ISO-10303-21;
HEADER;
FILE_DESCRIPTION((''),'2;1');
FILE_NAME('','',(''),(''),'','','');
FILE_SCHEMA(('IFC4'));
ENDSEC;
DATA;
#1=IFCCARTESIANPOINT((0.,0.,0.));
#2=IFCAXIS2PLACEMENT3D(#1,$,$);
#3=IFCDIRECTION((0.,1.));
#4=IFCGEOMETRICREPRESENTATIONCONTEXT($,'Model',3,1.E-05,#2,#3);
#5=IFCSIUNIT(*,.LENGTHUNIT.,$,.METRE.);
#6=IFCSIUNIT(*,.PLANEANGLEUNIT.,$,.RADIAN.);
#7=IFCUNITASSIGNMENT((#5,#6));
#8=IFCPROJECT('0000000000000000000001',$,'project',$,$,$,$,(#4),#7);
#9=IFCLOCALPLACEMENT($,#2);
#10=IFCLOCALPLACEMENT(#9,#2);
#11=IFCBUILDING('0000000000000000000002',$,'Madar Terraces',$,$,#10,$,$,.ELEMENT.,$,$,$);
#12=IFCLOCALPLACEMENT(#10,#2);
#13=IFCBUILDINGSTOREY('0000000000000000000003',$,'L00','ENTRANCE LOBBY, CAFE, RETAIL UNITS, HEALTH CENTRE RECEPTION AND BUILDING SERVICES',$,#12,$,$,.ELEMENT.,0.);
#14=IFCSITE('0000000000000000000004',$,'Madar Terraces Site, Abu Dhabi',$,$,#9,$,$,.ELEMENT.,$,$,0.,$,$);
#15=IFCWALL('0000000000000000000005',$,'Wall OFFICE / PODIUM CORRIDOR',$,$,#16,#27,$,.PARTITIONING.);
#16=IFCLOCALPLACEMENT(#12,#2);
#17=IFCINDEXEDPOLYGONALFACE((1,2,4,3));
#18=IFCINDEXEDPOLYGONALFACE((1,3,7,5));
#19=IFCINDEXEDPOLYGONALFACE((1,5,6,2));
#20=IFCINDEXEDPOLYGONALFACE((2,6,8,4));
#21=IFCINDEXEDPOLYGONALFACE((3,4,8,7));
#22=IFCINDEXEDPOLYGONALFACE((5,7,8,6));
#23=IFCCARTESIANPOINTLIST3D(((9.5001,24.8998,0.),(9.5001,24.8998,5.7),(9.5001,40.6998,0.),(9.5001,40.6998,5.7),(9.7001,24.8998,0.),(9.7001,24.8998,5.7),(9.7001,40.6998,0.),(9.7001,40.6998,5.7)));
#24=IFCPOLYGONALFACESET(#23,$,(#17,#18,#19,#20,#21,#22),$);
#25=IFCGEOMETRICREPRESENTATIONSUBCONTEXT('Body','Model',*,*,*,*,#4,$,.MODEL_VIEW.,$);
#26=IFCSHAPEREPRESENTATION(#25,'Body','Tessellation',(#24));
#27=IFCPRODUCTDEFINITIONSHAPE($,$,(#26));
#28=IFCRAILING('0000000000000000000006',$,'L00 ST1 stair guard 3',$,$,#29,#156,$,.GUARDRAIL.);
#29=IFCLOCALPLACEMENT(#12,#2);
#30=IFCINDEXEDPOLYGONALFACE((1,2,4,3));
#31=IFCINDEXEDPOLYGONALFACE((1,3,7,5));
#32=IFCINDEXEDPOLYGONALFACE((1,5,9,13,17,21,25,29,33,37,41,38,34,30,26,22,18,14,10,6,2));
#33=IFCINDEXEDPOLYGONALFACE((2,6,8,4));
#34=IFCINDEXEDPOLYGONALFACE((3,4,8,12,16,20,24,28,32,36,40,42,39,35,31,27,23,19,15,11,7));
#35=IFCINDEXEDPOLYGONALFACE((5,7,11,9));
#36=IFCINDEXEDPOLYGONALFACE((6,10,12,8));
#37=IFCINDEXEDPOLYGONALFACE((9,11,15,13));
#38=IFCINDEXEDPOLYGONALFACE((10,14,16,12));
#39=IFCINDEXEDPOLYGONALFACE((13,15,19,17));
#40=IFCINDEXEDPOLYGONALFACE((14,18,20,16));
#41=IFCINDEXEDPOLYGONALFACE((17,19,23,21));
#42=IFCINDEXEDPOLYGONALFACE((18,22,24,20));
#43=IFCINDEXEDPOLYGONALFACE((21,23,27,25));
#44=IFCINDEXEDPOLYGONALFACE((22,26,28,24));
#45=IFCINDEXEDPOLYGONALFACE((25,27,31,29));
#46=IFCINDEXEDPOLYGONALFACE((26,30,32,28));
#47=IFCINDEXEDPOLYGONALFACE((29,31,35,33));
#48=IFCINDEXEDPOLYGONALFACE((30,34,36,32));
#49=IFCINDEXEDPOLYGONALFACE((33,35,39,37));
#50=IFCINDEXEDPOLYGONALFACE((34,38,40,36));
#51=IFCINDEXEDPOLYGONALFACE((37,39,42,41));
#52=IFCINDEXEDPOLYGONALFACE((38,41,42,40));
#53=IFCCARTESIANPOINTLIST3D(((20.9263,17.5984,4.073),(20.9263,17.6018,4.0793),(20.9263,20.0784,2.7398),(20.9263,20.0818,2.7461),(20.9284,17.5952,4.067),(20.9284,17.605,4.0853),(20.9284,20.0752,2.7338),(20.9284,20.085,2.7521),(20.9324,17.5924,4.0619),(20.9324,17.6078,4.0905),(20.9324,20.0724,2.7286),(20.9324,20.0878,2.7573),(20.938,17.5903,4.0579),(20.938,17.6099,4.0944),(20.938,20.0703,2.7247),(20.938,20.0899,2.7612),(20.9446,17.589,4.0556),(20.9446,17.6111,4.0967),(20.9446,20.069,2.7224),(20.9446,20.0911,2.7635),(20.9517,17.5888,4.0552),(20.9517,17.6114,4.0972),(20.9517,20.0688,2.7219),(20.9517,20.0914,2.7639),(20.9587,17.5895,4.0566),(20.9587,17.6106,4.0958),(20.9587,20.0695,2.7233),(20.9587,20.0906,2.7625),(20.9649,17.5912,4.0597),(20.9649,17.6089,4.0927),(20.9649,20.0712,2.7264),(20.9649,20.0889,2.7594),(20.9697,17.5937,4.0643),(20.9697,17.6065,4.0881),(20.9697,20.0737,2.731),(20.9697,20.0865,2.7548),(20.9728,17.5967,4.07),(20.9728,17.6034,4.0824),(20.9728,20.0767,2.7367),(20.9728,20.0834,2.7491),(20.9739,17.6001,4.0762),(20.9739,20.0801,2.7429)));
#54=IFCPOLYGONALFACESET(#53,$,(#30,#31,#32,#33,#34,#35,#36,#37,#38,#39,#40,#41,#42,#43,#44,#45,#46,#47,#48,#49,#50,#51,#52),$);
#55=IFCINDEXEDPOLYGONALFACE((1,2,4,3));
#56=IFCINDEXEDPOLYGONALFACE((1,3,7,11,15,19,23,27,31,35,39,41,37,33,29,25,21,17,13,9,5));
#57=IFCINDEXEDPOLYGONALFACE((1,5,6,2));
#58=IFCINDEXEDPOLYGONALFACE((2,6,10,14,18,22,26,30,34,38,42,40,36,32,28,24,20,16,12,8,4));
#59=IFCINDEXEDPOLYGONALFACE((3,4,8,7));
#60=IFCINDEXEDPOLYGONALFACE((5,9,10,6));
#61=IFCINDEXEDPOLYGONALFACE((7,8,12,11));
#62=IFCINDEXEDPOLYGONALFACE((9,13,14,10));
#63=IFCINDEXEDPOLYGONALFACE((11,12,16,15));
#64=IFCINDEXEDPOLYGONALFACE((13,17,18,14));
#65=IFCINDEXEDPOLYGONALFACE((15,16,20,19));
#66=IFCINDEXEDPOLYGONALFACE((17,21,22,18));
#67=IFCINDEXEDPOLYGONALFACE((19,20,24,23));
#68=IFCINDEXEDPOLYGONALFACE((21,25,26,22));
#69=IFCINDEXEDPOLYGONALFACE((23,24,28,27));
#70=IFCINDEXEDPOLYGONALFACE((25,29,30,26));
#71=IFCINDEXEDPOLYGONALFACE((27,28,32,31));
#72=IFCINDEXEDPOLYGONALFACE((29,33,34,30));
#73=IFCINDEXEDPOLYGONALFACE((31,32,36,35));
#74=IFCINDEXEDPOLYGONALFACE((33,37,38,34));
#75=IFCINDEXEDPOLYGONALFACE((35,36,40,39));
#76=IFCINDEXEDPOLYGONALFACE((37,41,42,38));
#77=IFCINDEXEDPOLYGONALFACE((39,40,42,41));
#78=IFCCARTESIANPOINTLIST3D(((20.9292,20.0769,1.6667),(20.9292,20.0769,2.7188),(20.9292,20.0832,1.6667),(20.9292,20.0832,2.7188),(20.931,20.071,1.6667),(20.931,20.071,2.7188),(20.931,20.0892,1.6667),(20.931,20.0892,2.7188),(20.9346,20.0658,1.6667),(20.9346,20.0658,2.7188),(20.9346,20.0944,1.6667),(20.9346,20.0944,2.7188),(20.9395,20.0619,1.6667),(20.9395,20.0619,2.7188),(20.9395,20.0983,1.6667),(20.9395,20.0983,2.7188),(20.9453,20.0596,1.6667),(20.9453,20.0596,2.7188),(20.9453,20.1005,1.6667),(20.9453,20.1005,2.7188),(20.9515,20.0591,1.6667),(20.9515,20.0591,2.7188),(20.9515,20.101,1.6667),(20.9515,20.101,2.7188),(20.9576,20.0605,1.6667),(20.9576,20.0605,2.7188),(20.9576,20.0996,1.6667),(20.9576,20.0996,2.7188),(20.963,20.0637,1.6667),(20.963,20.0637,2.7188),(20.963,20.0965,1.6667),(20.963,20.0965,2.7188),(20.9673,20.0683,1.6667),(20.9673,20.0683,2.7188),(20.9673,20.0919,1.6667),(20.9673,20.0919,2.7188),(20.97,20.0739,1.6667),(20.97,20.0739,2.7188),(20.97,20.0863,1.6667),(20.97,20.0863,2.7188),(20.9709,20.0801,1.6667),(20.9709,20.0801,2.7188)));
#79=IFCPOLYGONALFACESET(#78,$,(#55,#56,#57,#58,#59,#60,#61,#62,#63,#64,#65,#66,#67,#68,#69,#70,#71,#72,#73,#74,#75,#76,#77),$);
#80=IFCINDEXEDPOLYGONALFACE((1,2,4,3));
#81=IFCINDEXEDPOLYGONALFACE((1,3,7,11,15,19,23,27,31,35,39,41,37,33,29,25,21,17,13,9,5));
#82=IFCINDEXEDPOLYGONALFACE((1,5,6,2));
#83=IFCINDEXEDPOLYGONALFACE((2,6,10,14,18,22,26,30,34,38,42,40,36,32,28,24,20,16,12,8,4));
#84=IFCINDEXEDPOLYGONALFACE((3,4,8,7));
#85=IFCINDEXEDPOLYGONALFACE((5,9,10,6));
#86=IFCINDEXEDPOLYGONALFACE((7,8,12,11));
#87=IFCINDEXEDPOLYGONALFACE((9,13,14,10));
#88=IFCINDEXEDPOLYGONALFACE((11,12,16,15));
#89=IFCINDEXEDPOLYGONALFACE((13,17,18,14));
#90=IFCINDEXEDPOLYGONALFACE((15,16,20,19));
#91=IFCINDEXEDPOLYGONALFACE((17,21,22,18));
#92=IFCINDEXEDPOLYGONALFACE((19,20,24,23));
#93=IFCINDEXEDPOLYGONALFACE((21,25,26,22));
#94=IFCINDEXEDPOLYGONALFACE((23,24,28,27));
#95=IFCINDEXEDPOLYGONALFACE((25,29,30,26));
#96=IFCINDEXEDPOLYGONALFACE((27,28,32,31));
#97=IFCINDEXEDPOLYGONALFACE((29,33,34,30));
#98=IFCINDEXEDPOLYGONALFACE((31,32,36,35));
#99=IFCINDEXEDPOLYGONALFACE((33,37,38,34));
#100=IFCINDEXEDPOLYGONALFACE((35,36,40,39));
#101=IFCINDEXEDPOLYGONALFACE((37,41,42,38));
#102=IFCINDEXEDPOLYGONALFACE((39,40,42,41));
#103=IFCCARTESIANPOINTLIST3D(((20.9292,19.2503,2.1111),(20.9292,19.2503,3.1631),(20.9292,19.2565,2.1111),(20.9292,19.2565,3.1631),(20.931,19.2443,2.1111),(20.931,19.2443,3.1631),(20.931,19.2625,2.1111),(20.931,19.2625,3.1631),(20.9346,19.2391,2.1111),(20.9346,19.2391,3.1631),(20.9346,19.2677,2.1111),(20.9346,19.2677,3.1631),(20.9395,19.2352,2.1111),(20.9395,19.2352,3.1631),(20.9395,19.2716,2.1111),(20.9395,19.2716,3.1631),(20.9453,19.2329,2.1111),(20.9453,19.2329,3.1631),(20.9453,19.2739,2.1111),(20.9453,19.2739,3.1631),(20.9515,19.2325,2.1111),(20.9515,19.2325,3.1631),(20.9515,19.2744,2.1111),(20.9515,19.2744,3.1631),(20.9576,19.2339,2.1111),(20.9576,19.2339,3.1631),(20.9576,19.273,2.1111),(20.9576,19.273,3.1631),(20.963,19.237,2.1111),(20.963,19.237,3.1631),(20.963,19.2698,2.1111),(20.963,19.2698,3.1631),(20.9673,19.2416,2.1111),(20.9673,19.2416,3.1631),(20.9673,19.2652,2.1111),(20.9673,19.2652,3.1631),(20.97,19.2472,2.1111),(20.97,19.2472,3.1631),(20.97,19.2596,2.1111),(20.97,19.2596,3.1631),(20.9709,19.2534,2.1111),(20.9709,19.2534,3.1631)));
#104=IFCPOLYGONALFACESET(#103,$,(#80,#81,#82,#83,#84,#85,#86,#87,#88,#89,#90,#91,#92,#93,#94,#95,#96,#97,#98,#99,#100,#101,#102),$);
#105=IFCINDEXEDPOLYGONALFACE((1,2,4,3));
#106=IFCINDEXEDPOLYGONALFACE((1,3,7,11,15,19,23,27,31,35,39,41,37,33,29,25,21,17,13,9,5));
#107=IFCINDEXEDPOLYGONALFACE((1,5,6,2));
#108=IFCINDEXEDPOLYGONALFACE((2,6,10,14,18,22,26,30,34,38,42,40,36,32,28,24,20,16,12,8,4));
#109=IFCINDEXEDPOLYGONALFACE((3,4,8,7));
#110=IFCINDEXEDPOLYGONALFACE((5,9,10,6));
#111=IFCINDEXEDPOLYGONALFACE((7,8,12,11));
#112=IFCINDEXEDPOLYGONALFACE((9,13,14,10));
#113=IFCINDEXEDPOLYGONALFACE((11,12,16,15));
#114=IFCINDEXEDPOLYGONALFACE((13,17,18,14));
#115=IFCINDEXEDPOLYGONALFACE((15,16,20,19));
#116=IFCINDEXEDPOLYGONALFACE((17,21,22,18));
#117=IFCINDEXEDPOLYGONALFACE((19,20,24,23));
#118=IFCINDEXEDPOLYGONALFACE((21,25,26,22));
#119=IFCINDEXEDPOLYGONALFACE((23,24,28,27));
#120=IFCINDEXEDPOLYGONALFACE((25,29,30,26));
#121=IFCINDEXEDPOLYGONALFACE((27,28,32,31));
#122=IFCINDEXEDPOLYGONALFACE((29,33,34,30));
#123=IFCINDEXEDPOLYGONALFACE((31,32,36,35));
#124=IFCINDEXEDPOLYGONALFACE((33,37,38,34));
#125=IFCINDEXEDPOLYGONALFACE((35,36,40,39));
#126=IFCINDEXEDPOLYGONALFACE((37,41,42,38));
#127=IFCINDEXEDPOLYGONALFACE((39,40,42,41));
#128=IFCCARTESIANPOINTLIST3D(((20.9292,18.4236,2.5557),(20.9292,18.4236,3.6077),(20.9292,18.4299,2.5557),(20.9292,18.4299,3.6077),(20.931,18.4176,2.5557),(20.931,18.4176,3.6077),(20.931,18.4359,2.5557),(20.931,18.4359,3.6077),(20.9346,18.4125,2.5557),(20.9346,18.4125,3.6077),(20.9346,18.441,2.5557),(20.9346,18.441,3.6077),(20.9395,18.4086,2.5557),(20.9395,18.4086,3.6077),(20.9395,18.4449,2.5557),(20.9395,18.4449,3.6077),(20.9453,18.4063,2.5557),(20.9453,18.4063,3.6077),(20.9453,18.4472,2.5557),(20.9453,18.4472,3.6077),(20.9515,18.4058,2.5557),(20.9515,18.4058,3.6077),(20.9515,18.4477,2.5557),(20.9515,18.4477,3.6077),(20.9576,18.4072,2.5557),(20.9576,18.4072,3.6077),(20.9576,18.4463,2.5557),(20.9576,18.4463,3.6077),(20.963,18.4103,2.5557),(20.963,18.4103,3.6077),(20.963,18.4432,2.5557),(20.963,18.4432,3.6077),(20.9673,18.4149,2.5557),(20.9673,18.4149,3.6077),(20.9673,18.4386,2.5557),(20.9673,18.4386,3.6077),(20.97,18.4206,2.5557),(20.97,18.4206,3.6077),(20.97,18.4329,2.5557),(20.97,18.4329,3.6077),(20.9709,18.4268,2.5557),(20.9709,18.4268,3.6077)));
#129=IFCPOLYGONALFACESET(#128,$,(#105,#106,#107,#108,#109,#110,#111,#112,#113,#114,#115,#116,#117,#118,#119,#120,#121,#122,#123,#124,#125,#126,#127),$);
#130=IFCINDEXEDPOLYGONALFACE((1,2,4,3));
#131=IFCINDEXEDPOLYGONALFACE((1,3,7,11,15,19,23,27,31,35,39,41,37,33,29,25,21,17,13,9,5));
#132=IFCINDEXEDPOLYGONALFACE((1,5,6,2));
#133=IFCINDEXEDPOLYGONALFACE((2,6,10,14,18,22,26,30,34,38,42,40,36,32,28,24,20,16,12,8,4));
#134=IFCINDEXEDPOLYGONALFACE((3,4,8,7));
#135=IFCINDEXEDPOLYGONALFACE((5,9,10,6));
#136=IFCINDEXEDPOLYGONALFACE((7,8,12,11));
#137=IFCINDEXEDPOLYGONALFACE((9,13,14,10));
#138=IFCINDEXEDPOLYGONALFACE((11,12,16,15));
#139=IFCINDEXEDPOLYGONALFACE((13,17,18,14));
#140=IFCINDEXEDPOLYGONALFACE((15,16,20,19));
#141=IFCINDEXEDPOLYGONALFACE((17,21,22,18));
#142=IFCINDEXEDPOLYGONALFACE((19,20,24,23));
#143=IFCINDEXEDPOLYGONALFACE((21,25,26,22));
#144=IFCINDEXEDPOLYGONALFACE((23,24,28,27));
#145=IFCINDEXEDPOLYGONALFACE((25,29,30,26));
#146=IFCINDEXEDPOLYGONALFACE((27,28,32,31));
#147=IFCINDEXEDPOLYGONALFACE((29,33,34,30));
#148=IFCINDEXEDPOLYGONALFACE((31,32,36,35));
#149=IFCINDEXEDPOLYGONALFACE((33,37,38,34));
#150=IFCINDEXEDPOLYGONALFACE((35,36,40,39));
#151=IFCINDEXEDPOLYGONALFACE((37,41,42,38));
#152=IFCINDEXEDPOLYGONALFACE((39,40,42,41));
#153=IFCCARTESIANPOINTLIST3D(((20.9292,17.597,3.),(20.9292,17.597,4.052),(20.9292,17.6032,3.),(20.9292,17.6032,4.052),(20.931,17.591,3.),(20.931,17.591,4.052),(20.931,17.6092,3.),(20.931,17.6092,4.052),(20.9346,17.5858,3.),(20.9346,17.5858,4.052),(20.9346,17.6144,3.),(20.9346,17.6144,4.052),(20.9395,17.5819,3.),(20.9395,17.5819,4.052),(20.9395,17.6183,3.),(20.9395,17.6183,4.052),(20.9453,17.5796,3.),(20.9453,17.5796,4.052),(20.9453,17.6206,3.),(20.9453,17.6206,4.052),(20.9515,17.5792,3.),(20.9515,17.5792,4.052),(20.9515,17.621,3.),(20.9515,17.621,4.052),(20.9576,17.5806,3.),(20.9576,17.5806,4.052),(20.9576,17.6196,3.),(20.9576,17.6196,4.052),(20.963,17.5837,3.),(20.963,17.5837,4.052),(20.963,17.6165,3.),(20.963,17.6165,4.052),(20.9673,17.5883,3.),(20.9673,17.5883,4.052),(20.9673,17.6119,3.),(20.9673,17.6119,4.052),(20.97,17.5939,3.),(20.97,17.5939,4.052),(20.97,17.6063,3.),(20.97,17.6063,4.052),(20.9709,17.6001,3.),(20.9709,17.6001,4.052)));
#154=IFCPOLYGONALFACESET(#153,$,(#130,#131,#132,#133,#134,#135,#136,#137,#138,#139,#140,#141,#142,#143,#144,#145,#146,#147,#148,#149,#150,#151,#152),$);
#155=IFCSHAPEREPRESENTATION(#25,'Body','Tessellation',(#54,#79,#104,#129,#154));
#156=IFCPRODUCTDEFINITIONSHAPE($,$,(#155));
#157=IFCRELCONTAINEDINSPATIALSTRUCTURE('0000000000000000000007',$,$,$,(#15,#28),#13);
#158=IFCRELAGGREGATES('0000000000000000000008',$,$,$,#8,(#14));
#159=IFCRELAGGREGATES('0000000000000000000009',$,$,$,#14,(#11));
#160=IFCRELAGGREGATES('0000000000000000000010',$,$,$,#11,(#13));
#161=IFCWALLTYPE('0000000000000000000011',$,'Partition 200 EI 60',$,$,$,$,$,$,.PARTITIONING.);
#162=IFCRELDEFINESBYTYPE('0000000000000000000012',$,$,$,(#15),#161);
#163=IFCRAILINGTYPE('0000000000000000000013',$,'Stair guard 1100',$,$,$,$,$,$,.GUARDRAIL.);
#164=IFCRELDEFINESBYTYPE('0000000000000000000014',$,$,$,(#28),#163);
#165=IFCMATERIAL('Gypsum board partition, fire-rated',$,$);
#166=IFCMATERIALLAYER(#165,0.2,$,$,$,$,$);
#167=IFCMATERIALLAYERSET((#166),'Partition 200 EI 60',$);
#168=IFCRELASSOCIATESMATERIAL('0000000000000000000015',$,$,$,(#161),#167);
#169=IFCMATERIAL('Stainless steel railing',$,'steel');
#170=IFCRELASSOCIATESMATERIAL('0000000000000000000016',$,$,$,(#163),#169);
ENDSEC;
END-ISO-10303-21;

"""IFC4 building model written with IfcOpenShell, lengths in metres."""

from ifc_helpers import new_model, si_unit, direction, frame, frame_2d, origin, origin_2d, place, context, subcontext, project, spatial, rectangle, circle, extrude, material, layer, layer_set, type_object, element, save


model = new_model("IFC4")

# Units and contexts
model_context = context("Model", 3, precision=1e-05, world=origin(), true_north=direction((0.0, 1.0)))
body_context = subcontext(model_context, "Body", "Model", "MODEL_VIEW")
ifc_project = project(units=[si_unit("LENGTHUNIT", "METRE"), si_unit("PLANEANGLEUNIT", "RADIAN")], contexts=[model_context])

# Site, building, storey
site_placement = place(None, origin())
site = spatial("IfcSite", under=ifc_project, at=site_placement, Name="Madar Terraces Site, Abu Dhabi", CompositionType="ELEMENT", RefElevation=0.0)
building_placement = place(site_placement, origin())
building = spatial("IfcBuilding", under=site, at=building_placement, Name="Madar Terraces", CompositionType="ELEMENT")
storey_placement = place(building_placement, origin())
storey = spatial("IfcBuildingStorey", under=building, at=storey_placement, Name="L00", Description="ENTRANCE LOBBY, CAFE, RETAIL UNITS, HEALTH CENTRE RECEPTION AND BUILDING SERVICES", CompositionType="ELEMENT", Elevation=0.0)

# Wall
ifc_material_1 = material(Name="Gypsum board partition, fire-rated")
ifc_layer_1 = layer(ifc_material_1, 0.2)
ifc_layer_set_1 = layer_set([ifc_layer_1], Name="Partition 200 EI 60")
wall_type_1 = type_object("IfcWallType", Name="Partition 200 EI 60", PredefinedType="PARTITIONING", material=ifc_layer_set_1)
wall_1_placement = place(storey_placement, frame((9.6001, 24.8999, 0.0), z_axis=(0.0, 0.0, 1.0), x_axis=(0.0, 1.0, 0.0)))
element("IfcWall", 1, at=wall_1_placement, inside=storey, type_object=wall_type_1, Name="Wall OFFICE / PODIUM CORRIDOR", PredefinedType="PARTITIONING", context=body_context, shape_type="SweptSolid", body=[
    extrude(rectangle(XDim=15.8, YDim=0.2, at=frame_2d((7.8999, 0.0))), origin(), (0.0, 0.0, 1.0), 5.7),
])

# Railing
ifc_material_2 = material(Name="Stainless steel railing", Category="steel")
railing_type = type_object("IfcRailingType", Name="Stair guard 1100", PredefinedType="GUARDRAIL", material=ifc_material_2)
for number, where, name in (
    (2, (20.95, 20.0801, 1.6667), "L00 ST1 stair guard 3"),
):
    element("IfcRailing", number, at=place(storey_placement, frame(where)), inside=storey, type_object=railing_type, Name=name, PredefinedType="GUARDRAIL", context=body_context, shape_type="SweptSolid", body=[
        extrude(circle(Radius=0.0239, at=origin_2d()), frame((0.0, 0.0, 1.0762), z_axis=(0.0, -0.880786, 0.473515), x_axis=(1.0, 0.0, 0.0)), (0.0, 0.0, 1.0), 2.8157),
        extrude(circle(Radius=0.021, at=origin_2d()), origin(), (0.0, 0.0, 1.0), 1.052),
        extrude(circle(Radius=0.021, at=origin_2d()), frame((0.0, -0.8267, 0.4443)), (0.0, 0.0, 1.0), 1.052),
        extrude(circle(Radius=0.021, at=origin_2d()), frame((0.0, -1.6533, 0.8889)), (0.0, 0.0, 1.0), 1.052),
        extrude(circle(Radius=0.021, at=origin_2d()), frame((0.0, -2.48, 1.3333)), (0.0, 0.0, 1.0), 1.052),
    ])

save(model, "model.ifc")
